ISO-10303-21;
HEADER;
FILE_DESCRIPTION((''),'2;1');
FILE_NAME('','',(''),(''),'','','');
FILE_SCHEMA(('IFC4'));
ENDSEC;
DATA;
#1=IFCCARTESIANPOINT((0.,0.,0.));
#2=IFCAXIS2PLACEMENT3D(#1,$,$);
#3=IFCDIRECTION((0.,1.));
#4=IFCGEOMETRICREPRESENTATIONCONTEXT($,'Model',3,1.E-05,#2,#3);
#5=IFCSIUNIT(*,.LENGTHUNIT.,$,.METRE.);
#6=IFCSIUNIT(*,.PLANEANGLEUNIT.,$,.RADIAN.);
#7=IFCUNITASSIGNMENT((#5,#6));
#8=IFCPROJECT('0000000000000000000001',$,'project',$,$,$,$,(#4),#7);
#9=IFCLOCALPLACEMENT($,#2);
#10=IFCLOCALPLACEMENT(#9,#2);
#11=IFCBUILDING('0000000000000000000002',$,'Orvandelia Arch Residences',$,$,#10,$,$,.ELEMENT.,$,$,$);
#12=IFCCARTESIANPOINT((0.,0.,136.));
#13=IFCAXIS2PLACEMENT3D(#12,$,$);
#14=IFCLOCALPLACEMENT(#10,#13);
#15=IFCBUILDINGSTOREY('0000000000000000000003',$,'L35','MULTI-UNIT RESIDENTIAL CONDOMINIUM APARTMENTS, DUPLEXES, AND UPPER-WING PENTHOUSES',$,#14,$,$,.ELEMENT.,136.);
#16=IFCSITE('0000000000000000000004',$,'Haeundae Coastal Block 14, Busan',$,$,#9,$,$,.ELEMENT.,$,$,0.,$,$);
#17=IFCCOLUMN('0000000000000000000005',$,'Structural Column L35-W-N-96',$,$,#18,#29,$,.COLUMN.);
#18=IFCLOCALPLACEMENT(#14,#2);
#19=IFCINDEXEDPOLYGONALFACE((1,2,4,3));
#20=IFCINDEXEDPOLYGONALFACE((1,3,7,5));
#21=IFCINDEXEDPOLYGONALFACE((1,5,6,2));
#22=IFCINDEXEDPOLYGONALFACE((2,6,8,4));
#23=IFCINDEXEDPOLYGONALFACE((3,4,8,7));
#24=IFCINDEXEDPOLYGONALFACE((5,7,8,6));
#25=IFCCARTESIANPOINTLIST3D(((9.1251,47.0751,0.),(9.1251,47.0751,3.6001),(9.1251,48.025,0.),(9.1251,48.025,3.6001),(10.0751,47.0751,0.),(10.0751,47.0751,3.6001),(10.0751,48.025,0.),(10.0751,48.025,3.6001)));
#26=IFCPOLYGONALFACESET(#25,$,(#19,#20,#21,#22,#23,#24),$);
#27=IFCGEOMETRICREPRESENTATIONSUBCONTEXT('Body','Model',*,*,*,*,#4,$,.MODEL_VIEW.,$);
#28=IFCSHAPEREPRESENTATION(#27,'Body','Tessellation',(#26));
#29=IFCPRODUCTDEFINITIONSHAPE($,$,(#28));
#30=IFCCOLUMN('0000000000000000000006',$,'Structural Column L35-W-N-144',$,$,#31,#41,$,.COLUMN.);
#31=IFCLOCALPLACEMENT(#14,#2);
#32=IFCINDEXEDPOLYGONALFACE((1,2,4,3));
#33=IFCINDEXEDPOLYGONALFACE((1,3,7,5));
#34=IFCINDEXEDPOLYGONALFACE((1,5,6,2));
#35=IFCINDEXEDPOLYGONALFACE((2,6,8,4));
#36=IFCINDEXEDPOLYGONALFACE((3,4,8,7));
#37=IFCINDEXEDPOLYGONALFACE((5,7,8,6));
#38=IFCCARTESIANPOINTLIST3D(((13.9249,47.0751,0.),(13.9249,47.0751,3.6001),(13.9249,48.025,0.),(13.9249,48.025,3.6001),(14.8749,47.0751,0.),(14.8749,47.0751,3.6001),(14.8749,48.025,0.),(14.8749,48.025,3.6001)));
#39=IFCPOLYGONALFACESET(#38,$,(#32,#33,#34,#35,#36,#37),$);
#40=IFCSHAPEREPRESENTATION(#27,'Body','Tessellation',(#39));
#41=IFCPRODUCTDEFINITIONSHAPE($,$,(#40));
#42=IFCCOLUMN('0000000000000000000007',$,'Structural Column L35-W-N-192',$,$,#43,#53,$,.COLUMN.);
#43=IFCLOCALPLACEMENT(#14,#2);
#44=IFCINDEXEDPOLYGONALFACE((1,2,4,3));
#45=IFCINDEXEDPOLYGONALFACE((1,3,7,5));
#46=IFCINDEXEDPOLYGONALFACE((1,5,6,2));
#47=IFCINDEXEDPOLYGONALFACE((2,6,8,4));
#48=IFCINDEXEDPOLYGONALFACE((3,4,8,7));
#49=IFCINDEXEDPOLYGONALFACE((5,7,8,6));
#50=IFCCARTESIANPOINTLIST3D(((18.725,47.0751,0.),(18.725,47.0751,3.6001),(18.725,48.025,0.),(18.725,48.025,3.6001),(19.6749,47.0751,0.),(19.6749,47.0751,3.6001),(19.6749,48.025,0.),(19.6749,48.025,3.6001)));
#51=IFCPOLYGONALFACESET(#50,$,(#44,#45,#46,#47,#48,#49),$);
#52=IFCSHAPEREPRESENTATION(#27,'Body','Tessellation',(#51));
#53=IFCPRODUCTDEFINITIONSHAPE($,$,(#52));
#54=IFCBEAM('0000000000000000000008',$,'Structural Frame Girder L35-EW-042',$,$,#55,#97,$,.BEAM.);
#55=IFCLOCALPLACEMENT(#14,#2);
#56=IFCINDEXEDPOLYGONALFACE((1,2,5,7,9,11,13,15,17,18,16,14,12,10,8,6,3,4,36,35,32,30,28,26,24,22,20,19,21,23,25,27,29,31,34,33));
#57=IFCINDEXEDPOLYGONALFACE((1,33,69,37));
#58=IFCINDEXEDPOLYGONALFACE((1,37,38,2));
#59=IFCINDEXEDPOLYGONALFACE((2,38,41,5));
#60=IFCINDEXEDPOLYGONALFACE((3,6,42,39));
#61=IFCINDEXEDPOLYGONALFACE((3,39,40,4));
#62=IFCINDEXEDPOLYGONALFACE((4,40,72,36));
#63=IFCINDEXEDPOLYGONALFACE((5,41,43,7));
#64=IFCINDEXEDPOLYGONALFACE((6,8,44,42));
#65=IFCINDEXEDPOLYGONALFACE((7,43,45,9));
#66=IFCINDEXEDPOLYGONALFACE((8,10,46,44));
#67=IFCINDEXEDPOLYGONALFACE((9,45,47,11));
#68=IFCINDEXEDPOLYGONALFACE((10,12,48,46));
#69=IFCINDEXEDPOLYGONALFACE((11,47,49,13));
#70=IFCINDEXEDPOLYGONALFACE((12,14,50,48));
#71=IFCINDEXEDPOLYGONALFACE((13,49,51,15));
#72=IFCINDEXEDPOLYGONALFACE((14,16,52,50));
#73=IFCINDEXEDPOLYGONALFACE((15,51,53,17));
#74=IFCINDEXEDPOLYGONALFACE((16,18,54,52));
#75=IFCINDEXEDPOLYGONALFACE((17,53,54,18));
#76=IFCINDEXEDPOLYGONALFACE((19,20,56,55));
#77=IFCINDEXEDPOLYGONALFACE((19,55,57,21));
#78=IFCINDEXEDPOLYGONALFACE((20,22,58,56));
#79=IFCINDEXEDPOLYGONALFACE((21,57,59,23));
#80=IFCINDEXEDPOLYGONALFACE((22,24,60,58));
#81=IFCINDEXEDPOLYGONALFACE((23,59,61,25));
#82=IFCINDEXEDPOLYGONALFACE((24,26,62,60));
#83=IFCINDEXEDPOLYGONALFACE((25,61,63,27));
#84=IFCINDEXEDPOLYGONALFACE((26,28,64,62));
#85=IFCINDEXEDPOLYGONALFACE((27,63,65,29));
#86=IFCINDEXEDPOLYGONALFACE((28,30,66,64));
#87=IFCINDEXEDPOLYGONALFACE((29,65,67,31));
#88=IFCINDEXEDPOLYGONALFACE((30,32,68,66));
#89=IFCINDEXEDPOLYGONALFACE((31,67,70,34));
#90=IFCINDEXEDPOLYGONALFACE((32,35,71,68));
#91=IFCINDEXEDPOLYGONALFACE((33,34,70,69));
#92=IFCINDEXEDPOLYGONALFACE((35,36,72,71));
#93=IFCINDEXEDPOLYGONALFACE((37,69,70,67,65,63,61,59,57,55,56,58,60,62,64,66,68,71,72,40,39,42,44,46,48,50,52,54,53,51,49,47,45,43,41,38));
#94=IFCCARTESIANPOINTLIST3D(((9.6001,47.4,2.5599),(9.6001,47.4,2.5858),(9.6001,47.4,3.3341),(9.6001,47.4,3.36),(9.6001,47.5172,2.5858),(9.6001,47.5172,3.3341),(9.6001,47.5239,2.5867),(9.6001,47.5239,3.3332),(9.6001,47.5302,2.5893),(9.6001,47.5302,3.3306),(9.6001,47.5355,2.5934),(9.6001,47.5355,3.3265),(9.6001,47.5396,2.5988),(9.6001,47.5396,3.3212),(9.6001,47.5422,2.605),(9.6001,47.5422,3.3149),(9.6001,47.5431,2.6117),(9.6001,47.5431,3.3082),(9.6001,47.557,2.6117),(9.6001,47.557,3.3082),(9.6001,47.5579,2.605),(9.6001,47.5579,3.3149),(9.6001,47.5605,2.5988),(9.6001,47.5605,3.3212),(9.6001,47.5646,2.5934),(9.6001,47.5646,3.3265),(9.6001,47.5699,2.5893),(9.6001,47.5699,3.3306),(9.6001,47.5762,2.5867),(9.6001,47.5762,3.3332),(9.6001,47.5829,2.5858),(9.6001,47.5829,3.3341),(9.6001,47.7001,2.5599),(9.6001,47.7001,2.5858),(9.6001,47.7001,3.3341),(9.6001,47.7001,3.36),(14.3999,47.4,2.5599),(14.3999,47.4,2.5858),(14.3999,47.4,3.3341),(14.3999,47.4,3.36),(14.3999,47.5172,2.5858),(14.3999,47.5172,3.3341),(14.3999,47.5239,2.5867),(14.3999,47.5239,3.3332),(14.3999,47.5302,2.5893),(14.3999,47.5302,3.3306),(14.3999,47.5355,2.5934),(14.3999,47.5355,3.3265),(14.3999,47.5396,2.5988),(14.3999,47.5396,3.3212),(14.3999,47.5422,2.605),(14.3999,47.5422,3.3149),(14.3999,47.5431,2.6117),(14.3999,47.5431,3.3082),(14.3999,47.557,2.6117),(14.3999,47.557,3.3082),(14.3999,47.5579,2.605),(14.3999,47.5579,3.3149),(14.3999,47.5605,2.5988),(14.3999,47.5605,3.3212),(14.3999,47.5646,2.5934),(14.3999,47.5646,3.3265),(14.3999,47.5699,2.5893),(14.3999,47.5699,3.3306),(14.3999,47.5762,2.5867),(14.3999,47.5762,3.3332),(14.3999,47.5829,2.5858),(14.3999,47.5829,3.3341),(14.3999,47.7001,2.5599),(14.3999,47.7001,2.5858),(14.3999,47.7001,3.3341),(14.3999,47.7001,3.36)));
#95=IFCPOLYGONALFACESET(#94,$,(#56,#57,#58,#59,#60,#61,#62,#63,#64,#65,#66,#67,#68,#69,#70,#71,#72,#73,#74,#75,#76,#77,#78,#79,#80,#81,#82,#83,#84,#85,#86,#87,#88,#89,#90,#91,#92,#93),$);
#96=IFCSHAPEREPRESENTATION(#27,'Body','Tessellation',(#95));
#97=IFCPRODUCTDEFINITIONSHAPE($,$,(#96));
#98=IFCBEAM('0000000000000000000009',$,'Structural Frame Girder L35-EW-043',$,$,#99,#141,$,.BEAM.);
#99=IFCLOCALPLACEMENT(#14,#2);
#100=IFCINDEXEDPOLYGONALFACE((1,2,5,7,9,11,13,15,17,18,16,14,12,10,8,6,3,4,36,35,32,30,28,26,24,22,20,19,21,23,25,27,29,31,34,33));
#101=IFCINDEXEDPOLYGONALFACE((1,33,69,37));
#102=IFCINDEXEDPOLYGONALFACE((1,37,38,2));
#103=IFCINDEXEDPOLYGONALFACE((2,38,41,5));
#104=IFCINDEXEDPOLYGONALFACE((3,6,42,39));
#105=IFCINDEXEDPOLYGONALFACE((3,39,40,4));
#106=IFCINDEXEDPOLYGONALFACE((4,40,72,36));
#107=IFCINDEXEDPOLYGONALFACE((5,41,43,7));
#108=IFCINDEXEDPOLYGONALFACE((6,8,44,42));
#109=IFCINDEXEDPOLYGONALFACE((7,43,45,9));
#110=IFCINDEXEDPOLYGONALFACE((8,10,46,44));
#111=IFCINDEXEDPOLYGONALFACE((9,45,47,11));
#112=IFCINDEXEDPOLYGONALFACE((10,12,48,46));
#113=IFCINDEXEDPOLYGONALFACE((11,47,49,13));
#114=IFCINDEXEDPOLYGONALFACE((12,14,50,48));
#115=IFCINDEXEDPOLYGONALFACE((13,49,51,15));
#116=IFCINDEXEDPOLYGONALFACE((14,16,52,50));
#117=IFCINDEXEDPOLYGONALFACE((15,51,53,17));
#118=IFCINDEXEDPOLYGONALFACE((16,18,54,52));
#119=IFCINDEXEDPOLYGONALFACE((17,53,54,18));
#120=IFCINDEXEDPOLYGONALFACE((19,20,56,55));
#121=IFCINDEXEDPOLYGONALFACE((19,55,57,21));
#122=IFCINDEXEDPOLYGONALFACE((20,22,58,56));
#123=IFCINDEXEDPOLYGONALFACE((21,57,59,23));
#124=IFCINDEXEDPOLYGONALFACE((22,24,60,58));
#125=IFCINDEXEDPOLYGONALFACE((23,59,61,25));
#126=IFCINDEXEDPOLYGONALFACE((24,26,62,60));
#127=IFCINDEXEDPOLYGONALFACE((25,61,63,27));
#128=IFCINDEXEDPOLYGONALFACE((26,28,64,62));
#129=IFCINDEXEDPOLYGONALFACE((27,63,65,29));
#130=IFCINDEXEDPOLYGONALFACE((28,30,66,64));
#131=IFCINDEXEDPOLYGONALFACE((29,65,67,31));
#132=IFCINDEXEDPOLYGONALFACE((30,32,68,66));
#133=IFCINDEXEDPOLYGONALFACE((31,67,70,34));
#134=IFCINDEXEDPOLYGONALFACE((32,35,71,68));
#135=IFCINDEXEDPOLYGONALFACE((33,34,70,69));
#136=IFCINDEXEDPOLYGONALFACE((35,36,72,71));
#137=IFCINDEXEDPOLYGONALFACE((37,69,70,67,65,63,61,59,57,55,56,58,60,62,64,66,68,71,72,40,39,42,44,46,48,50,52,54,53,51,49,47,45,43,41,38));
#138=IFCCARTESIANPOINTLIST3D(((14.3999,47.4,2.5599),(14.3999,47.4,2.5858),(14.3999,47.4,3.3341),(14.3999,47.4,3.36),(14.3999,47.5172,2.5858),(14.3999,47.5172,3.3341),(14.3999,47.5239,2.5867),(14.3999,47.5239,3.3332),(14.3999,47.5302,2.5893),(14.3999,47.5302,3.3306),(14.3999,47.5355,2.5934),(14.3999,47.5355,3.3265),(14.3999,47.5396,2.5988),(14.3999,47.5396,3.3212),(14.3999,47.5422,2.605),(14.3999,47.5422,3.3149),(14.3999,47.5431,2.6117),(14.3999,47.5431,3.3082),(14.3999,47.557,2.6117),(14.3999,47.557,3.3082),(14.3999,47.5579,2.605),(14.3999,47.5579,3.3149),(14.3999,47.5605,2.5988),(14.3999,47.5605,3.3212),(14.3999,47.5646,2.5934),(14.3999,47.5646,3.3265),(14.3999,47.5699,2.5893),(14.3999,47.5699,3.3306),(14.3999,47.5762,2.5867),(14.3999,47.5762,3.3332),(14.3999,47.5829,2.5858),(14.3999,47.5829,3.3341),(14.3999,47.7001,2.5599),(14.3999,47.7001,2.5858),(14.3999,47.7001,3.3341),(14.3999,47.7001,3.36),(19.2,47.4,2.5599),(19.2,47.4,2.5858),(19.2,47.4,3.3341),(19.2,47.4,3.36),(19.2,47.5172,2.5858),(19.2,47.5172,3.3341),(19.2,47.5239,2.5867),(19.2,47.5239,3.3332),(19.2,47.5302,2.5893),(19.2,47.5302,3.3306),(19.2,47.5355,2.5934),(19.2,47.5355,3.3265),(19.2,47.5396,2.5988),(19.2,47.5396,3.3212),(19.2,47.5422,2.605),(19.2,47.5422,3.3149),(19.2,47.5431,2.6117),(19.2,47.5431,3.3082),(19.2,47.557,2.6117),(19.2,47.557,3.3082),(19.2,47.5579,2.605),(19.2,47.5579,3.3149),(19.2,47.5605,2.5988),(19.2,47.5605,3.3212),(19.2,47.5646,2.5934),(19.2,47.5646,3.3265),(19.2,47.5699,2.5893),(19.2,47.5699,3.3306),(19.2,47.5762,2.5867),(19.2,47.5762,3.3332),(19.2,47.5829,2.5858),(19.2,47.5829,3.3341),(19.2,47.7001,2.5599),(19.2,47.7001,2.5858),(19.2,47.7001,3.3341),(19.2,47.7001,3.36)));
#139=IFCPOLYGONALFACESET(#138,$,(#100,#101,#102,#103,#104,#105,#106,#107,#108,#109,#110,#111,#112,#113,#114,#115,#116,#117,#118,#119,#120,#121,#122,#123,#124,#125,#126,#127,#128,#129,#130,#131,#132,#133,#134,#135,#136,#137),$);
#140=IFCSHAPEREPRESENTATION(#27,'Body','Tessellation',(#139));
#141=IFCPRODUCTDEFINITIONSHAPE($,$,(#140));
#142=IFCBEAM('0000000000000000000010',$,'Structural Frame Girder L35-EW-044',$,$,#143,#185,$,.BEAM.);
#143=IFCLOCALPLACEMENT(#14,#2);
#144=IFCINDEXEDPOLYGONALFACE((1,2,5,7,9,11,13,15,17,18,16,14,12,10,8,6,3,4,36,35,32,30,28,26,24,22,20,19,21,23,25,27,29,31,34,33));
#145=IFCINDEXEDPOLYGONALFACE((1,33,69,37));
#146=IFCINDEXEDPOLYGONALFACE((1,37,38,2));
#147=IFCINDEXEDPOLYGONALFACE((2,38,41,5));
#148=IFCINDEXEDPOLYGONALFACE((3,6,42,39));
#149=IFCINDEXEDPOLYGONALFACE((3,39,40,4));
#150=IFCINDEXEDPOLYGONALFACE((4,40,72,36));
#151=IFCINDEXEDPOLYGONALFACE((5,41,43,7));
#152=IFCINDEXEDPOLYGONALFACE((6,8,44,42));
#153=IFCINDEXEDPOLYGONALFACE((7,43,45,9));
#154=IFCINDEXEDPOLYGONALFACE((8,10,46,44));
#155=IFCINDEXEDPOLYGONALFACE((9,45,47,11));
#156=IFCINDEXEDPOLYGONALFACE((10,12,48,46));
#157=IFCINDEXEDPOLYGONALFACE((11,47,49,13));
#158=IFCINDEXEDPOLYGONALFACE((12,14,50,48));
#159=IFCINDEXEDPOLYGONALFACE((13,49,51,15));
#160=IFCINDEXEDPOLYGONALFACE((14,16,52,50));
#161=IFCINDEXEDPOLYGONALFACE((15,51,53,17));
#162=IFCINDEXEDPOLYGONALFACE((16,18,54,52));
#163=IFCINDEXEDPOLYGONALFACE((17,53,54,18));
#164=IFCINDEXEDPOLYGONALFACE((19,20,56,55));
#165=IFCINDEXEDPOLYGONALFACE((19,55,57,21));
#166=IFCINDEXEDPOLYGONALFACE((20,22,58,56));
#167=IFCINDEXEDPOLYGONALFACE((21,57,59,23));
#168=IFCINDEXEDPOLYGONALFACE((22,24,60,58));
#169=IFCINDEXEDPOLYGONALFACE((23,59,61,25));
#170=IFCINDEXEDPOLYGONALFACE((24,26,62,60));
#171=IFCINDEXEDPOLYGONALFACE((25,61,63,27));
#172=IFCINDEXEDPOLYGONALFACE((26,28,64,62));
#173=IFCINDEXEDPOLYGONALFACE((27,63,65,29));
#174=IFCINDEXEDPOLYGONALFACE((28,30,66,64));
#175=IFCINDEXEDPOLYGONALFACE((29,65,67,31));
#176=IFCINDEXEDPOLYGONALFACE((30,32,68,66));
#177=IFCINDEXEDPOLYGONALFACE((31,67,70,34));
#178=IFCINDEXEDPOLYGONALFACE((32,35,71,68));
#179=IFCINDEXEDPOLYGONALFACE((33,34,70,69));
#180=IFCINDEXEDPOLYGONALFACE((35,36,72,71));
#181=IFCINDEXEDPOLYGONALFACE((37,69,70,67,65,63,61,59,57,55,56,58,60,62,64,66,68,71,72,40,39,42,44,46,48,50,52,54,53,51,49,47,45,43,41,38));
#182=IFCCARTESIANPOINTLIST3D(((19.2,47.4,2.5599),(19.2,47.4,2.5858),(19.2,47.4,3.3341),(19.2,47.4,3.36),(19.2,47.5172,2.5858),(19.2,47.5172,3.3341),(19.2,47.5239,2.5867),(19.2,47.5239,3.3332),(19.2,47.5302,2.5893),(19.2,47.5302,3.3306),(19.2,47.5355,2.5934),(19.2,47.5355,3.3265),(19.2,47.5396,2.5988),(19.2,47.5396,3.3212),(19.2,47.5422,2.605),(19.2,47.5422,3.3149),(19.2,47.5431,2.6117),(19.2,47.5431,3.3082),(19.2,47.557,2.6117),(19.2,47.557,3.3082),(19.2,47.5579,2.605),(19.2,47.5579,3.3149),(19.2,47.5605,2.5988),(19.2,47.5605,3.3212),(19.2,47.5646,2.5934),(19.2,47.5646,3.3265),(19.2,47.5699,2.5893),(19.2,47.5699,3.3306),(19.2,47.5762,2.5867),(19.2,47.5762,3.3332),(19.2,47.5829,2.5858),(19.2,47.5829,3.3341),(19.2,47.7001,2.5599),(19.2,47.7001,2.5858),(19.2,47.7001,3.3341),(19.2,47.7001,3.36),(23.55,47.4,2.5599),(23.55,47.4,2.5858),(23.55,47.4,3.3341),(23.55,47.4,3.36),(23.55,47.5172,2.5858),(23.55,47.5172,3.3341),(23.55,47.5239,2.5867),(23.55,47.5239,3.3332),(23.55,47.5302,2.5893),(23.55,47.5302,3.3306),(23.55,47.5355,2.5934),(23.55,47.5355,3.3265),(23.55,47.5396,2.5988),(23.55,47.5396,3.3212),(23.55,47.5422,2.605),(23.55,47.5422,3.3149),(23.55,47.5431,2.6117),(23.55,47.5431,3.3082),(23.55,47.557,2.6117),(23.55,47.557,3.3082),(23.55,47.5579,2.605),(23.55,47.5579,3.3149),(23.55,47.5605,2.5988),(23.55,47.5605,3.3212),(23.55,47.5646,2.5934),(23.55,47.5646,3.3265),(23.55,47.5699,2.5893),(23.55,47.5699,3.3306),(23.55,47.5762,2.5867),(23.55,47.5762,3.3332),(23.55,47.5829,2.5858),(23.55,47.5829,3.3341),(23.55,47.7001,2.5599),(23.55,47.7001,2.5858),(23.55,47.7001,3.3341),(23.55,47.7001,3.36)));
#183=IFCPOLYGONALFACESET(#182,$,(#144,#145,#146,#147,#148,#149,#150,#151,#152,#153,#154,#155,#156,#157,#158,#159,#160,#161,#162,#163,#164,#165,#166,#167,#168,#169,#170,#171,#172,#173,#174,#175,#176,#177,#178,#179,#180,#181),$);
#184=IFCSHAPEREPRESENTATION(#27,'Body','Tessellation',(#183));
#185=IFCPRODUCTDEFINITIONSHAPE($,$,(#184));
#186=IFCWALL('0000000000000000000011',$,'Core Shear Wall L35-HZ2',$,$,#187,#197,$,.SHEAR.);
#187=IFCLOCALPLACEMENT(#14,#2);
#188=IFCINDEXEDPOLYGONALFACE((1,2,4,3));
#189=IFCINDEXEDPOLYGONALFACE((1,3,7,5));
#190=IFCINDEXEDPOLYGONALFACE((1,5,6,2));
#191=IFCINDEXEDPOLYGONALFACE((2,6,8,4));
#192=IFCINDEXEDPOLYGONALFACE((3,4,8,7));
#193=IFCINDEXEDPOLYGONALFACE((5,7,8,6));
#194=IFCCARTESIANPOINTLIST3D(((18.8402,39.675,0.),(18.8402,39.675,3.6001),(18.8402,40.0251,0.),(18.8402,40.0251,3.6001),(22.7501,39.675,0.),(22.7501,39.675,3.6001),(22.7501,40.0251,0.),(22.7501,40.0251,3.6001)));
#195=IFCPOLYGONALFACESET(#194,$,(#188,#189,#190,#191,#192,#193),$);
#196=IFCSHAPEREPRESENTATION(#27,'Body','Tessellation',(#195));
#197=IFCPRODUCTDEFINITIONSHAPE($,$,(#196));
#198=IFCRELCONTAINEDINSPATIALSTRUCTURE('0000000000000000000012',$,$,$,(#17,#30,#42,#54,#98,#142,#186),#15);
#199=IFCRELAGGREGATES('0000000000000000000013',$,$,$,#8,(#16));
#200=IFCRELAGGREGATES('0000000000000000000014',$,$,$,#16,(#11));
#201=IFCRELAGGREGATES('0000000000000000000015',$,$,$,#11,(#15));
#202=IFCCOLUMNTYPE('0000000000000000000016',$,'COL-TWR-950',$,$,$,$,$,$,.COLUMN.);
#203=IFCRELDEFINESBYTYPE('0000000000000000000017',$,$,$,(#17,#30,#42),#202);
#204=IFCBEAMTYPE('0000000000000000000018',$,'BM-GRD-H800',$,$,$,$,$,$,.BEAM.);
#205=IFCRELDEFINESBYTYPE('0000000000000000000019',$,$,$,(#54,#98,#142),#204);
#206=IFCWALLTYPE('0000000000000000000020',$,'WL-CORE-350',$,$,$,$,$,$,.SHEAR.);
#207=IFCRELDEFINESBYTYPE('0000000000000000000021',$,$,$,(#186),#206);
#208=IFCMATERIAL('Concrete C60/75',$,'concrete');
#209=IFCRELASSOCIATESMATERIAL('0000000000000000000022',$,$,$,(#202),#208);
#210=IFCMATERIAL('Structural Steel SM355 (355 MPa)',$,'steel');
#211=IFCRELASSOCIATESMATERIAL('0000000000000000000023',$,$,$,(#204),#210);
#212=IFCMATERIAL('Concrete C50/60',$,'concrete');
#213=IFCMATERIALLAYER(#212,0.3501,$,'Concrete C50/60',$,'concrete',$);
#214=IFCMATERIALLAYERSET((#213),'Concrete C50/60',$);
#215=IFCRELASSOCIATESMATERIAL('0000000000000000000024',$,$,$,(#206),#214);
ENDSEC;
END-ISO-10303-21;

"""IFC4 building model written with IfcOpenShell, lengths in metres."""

from ifc_helpers import new_model, si_unit, direction, frame, frame_2d, origin, origin_2d, place, context, subcontext, project, spatial, rectangle, i_section, extrude, material, layer, layer_set, material_profile, profile_set, type_object, element, save


model = new_model("IFC4")

# Units and contexts
model_context = context("Model", 3, precision=1e-05, world=origin(), true_north=direction((0.0, 1.0)))
body_context = subcontext(model_context, "Body", "Model", "MODEL_VIEW")
ifc_project = project(units=[si_unit("LENGTHUNIT", "METRE"), si_unit("PLANEANGLEUNIT", "RADIAN")], contexts=[model_context])

# Site, building, storey
site_placement = place(None, origin())
site = spatial("IfcSite", under=ifc_project, at=site_placement, Name="Haeundae Coastal Block 14, Busan", CompositionType="ELEMENT", RefElevation=0.0)
building_placement = place(site_placement, origin())
building = spatial("IfcBuilding", under=site, at=building_placement, Name="Orvandelia Arch Residences", CompositionType="ELEMENT")
storey_placement = place(building_placement, frame((0.0, 0.0, 136.0)))
storey = spatial("IfcBuildingStorey", under=building, at=storey_placement, Name="L35", Description="MULTI-UNIT RESIDENTIAL CONDOMINIUM APARTMENTS, DUPLEXES, AND UPPER-WING PENTHOUSES", CompositionType="ELEMENT", Elevation=136.0)

# Columns
ifc_material_1 = material(Name="Concrete C60/75", Category="concrete")
ifc_material_profile_1 = material_profile(ifc_material_1, rectangle(XDim=0.95, YDim=0.95, at=origin_2d()), Name="Concrete C60/75", Category="concrete")
ifc_profile_set_1 = profile_set([ifc_material_profile_1], Name="Concrete C60/75")
column_type = type_object("IfcColumnType", Name="COL-TWR-950", PredefinedType="COLUMN", material=ifc_profile_set_1)
for number, where, z_axis, x_axis, name in (
    (1, (9.6001, 47.55, 0.0), (0.0, 0.0, 1.0), (1.0, 0.0, 0.0), "Structural Column L35-W-N-96"),
    (2, (14.3999, 47.55, 0.0), (0.0, 0.0, 1.0), (1.0, 0.0, 0.0), "Structural Column L35-W-N-144"),
    (3, (19.2, 47.55, 0.0), (0.0, 0.0, 1.0), (1.0, 0.0, 0.0), "Structural Column L35-W-N-192"),
):
    element("IfcColumn", number, at=place(storey_placement, frame(where, z_axis=z_axis, x_axis=x_axis)), inside=storey, type_object=column_type, Name=name, PredefinedType="COLUMN", context=body_context, shape_type="SweptSolid", body=[
        extrude(rectangle(XDim=0.95, YDim=0.95, at=origin_2d()), origin(), (0.0, 0.0, 1.0), 3.6001),
    ])

# Beams
ifc_material_2 = material(Name="Structural Steel SM355 (355 MPa)", Category="steel")
ifc_material_profile_2 = material_profile(ifc_material_2, i_section(OverallWidth=0.3, OverallDepth=0.8, WebThickness=0.0139, FlangeThickness=0.0259, FilletRadius=0.0259, at=origin_2d()), Name="Structural Steel SM355 (355 MPa)", Category="steel")
ifc_profile_set_2 = profile_set([ifc_material_profile_2], Name="Structural Steel SM355 (355 MPa)")
beam_type = type_object("IfcBeamType", Name="BM-GRD-H800", PredefinedType="BEAM", material=ifc_profile_set_2)
beam_1_placement = place(storey_placement, frame((9.6001, 47.55, 2.96), z_axis=(1.0, 0.0, 0.0), x_axis=(0.0, 1.0, 0.0)))
element("IfcBeam", 4, at=beam_1_placement, inside=storey, type_object=beam_type, Name="Structural Frame Girder L35-EW-042", PredefinedType="BEAM", context=body_context, shape_type="SweptSolid", body=[
    extrude(i_section(OverallWidth=0.3, OverallDepth=0.8, WebThickness=0.0139, FlangeThickness=0.0259, FilletRadius=0.0259, at=origin_2d()), origin(), (0.0, 0.0, 1.0), 4.7998),
])
beam_2_placement = place(storey_placement, frame((14.3999, 47.55, 2.96), z_axis=(1.0, 0.0, 0.0), x_axis=(0.0, 1.0, 0.0)))
element("IfcBeam", 5, at=beam_2_placement, inside=storey, type_object=beam_type, Name="Structural Frame Girder L35-EW-043", PredefinedType="BEAM", context=body_context, shape_type="SweptSolid", body=[
    extrude(i_section(OverallWidth=0.3, OverallDepth=0.8, WebThickness=0.0139, FlangeThickness=0.0259, FilletRadius=0.0259, at=origin_2d()), origin(), (0.0, 0.0, 1.0), 4.8),
])
beam_3_placement = place(storey_placement, frame((19.2, 47.55, 2.96), z_axis=(1.0, 0.0, 0.0), x_axis=(0.0, 1.0, 0.0)))
element("IfcBeam", 6, at=beam_3_placement, inside=storey, type_object=beam_type, Name="Structural Frame Girder L35-EW-044", PredefinedType="BEAM", context=body_context, shape_type="SweptSolid", body=[
    extrude(i_section(OverallWidth=0.3, OverallDepth=0.8, WebThickness=0.0139, FlangeThickness=0.0259, FilletRadius=0.0259, at=origin_2d()), origin(), (0.0, 0.0, 1.0), 4.3501),
])

# Wall
ifc_material_3 = material(Name="Concrete C50/60", Category="concrete")
ifc_layer_1 = layer(ifc_material_3, 0.3501, Name="Concrete C50/60", Category="concrete")
ifc_layer_set_1 = layer_set([ifc_layer_1], Name="Concrete C50/60")
wall_type_1 = type_object("IfcWallType", Name="WL-CORE-350", PredefinedType="SHEAR", material=ifc_layer_set_1)
wall_1_placement = place(storey_placement, frame((18.8401, 39.8501, 0.0), z_axis=(0.0, 0.0, 1.0), x_axis=(1.0, 0.0, 0.0)))
element("IfcWall", 7, at=wall_1_placement, inside=storey, type_object=wall_type_1, Name="Core Shear Wall L35-HZ2", PredefinedType="SHEAR", context=body_context, shape_type="SweptSolid", body=[
    extrude(rectangle(XDim=3.9099, YDim=0.3501, at=frame_2d((1.9551, 0.0))), origin(), (0.0, 0.0, 1.0), 3.6001),
])

save(model, "model.ifc")
